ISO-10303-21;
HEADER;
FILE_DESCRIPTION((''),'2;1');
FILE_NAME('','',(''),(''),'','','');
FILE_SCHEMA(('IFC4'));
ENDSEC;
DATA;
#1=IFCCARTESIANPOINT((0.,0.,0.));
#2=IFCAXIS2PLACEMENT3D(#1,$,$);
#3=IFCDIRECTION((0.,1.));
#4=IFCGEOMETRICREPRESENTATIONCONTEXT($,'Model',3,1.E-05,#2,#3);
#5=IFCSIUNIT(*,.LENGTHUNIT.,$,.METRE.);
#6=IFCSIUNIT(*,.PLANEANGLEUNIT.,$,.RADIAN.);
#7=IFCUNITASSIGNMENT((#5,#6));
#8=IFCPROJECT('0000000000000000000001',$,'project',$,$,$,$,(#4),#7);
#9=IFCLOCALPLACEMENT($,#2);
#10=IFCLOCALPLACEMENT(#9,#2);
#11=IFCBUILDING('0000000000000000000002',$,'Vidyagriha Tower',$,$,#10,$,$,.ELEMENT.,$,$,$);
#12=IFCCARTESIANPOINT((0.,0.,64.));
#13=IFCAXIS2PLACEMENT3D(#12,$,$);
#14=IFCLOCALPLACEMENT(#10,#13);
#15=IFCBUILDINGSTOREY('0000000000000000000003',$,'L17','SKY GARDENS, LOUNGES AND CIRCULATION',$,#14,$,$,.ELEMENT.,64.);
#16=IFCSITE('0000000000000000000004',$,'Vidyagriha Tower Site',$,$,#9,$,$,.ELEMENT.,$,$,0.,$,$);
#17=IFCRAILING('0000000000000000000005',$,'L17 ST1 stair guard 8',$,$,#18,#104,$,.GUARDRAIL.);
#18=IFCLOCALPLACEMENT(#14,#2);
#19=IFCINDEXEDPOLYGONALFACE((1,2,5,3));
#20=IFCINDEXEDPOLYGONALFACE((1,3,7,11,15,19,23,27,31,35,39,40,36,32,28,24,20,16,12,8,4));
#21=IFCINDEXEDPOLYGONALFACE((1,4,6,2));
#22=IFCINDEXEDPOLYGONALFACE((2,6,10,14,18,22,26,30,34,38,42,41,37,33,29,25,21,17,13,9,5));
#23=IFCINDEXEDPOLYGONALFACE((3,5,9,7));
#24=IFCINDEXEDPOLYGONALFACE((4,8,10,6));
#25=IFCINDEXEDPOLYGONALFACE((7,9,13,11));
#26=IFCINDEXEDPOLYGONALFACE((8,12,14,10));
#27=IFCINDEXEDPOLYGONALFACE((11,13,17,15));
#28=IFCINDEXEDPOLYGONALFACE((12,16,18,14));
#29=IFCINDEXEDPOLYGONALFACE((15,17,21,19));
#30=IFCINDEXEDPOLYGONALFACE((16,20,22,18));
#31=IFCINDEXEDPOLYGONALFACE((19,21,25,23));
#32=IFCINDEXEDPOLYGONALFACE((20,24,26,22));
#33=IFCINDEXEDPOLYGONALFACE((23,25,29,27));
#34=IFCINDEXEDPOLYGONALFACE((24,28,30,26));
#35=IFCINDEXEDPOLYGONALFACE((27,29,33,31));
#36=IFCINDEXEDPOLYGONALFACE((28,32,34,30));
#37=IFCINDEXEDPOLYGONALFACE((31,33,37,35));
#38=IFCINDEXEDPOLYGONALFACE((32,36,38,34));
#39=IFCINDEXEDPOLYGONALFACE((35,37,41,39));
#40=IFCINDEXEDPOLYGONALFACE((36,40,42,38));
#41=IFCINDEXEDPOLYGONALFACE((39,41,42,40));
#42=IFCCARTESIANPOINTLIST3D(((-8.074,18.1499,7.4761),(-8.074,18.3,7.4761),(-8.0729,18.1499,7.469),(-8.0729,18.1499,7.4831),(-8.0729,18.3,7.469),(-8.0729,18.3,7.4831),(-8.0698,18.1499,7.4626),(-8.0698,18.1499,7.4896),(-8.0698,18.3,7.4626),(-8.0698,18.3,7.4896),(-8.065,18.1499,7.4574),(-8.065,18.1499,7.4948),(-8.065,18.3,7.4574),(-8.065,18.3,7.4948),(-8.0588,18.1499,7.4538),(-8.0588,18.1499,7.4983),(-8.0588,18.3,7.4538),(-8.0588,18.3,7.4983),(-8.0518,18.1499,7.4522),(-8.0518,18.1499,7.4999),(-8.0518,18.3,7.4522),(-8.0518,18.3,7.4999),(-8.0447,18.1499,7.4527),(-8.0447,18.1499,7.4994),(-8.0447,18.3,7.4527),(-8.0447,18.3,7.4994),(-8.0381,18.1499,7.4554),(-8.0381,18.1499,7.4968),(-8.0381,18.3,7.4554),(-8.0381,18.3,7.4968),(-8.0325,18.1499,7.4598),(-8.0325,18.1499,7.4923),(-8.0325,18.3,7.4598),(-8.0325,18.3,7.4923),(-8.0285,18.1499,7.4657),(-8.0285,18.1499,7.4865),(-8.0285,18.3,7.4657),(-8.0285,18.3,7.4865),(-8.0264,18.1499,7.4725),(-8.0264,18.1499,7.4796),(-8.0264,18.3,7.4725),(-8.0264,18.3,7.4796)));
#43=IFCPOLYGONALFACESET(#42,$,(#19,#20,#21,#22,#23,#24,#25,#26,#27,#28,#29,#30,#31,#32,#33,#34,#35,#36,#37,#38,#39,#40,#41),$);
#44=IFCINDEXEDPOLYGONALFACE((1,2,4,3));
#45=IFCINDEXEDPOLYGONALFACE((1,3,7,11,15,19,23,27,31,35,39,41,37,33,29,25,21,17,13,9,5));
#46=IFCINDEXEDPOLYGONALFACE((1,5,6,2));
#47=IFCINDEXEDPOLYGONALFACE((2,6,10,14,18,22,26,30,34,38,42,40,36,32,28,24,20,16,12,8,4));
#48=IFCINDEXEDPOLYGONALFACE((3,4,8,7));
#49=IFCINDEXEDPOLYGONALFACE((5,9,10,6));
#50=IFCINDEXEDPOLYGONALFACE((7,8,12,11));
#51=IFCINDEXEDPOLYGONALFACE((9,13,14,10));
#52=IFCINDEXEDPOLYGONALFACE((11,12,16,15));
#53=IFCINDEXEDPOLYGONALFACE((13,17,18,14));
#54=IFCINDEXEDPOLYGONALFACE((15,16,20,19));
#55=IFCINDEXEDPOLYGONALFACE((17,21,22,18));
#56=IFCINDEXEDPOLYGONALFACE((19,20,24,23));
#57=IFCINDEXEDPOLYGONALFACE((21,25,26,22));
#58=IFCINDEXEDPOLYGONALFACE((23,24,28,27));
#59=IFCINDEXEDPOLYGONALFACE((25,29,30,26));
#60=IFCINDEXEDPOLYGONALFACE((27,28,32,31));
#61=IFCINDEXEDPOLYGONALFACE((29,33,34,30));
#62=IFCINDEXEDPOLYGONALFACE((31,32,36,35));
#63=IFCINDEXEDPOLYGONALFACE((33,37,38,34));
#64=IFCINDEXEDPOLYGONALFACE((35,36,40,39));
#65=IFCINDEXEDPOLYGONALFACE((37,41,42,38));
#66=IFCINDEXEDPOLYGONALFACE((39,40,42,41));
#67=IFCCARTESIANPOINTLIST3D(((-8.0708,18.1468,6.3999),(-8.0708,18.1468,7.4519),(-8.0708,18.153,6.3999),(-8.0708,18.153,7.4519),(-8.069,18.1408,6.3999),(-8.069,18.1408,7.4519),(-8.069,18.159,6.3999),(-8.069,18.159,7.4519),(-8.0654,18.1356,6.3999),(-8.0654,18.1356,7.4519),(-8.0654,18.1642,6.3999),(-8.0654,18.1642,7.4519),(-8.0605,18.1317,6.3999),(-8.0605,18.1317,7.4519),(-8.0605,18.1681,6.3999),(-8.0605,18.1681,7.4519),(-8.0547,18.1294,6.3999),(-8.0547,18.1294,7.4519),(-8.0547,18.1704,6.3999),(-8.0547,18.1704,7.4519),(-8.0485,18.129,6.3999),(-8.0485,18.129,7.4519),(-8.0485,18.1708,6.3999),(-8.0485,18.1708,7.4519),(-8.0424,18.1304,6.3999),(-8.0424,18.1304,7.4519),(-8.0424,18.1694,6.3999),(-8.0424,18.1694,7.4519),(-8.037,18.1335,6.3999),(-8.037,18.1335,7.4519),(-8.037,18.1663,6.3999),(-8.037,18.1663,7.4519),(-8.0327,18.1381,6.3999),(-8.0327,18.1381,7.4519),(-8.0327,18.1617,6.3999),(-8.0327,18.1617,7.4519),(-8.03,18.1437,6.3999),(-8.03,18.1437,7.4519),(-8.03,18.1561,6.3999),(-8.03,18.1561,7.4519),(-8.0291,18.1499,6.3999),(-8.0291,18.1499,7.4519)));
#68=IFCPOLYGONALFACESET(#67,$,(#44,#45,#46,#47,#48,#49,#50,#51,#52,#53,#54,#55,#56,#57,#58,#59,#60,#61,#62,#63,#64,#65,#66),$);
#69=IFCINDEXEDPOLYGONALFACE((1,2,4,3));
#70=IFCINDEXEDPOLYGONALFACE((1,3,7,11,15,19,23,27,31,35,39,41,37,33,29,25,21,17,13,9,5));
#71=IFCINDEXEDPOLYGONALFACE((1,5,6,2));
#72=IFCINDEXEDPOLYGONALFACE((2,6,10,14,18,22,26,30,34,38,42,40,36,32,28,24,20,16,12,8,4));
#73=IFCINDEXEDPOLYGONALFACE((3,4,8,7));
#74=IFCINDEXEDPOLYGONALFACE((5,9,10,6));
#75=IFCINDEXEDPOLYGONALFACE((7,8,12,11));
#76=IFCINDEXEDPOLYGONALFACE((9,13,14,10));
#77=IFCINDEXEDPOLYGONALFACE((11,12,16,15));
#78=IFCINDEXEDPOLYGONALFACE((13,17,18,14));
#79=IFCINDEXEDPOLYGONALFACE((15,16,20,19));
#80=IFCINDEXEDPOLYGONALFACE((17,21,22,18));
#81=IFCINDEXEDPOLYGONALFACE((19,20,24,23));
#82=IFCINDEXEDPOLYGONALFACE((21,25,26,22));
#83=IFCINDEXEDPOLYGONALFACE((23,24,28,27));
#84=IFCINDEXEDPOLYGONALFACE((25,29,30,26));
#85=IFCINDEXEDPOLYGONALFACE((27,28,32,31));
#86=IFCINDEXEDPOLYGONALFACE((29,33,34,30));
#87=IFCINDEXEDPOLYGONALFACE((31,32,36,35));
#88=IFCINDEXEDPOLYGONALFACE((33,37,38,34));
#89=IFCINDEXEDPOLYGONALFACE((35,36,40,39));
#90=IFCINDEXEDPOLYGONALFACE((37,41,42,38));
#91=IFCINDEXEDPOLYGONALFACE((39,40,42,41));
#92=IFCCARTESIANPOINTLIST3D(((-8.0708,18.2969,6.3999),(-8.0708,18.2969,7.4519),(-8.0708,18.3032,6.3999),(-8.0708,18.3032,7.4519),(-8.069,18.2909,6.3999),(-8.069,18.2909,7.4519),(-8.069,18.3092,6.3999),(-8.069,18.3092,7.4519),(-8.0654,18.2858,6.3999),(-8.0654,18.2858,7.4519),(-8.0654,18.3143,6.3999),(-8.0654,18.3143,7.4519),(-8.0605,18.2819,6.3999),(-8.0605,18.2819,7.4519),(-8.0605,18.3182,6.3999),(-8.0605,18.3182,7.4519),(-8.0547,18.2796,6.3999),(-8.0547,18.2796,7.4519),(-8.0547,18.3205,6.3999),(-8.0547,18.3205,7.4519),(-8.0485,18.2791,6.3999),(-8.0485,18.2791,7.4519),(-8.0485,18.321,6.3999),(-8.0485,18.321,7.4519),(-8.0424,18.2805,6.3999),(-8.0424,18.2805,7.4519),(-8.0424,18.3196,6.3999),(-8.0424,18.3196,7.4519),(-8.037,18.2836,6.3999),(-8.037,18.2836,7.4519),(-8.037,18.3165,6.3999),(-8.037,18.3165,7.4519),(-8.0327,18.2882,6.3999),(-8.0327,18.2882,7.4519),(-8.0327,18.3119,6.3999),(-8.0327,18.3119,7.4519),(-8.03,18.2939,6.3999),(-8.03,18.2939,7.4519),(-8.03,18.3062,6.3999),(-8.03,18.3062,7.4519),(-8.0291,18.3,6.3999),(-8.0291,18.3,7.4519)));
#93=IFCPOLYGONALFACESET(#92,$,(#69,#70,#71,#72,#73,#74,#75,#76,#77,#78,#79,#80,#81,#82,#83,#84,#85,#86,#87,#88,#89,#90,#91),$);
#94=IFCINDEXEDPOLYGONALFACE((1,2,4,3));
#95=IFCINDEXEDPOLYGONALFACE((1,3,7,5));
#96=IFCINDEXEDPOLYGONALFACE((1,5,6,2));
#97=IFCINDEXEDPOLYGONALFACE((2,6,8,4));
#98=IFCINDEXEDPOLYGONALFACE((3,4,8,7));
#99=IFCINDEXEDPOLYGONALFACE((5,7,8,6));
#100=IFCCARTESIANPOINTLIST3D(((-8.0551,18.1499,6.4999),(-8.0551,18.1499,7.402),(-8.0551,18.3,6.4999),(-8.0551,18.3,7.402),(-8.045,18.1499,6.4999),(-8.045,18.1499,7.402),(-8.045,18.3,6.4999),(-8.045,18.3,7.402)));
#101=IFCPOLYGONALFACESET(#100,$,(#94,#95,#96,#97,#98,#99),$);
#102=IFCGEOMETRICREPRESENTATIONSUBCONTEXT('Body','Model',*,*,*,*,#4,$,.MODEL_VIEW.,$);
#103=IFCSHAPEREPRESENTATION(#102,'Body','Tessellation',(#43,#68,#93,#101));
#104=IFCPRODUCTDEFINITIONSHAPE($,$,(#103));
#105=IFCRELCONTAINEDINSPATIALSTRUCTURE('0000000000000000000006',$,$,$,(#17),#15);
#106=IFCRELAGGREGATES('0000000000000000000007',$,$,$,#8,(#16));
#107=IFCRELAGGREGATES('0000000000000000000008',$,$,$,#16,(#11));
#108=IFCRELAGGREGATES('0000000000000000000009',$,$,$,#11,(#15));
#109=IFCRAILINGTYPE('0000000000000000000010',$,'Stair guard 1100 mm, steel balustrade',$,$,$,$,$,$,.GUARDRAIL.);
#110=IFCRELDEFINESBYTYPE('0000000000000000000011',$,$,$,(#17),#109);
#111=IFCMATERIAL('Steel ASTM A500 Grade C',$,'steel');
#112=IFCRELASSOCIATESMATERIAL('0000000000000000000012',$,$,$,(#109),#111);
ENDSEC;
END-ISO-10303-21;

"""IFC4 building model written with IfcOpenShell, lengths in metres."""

from ifc_helpers import new_model, si_unit, direction, frame, origin, origin_2d, place, context, subcontext, project, spatial, rectangle, circle, extrude, material, type_object, element, save


model = new_model("IFC4")

# Units and contexts
model_context = context("Model", 3, precision=1e-05, world=origin(), true_north=direction((0.0, 1.0)))
body_context = subcontext(model_context, "Body", "Model", "MODEL_VIEW")
ifc_project = project(units=[si_unit("LENGTHUNIT", "METRE"), si_unit("PLANEANGLEUNIT", "RADIAN")], contexts=[model_context])

# Site, building, storey
site_placement = place(None, origin())
site = spatial("IfcSite", under=ifc_project, at=site_placement, Name="Vidyagriha Tower Site", CompositionType="ELEMENT", RefElevation=0.0)
building_placement = place(site_placement, origin())
building = spatial("IfcBuilding", under=site, at=building_placement, Name="Vidyagriha Tower", CompositionType="ELEMENT")
storey_placement = place(building_placement, frame((0.0, 0.0, 64.0)))
storey = spatial("IfcBuildingStorey", under=building, at=storey_placement, Name="L17", Description="SKY GARDENS, LOUNGES AND CIRCULATION", CompositionType="ELEMENT", Elevation=64.0)

# Railing
ifc_material_1 = material(Name="Steel ASTM A500 Grade C", Category="steel")
railing_type_1 = type_object("IfcRailingType", Name="Stair guard 1100 mm, steel balustrade", PredefinedType="GUARDRAIL", material=ifc_material_1)
railing_1_placement = place(storey_placement, frame((-8.05, 18.1499, 6.3999)))
element("IfcRailing", 1, at=railing_1_placement, inside=storey, type_object=railing_type_1, Name="L17 ST1 stair guard 8", PredefinedType="GUARDRAIL", context=body_context, shape_type="SweptSolid", body=[
    extrude(circle(Radius=0.0239, at=origin_2d()), frame((0.0, 0.0, 1.0762), z_axis=(0.0, 1.0, 0.0), x_axis=(-1.0, 0.0, 0.0)), (0.0, 0.0, 1.0), 0.1501),
    extrude(circle(Radius=0.021, at=origin_2d()), origin(), (0.0, 0.0, 1.0), 1.052),
    extrude(circle(Radius=0.021, at=origin_2d()), frame((0.0, 0.1501, 0.0)), (0.0, 0.0, 1.0), 1.052),
    extrude(rectangle(XDim=0.01, YDim=0.9021, at=origin_2d()), frame((0.0, 0.0, 0.551), z_axis=(0.0, 1.0, 0.0), x_axis=(-1.0, 0.0, 0.0)), (0.0, 0.0, 1.0), 0.1501),
])

save(model, "model.ifc")
